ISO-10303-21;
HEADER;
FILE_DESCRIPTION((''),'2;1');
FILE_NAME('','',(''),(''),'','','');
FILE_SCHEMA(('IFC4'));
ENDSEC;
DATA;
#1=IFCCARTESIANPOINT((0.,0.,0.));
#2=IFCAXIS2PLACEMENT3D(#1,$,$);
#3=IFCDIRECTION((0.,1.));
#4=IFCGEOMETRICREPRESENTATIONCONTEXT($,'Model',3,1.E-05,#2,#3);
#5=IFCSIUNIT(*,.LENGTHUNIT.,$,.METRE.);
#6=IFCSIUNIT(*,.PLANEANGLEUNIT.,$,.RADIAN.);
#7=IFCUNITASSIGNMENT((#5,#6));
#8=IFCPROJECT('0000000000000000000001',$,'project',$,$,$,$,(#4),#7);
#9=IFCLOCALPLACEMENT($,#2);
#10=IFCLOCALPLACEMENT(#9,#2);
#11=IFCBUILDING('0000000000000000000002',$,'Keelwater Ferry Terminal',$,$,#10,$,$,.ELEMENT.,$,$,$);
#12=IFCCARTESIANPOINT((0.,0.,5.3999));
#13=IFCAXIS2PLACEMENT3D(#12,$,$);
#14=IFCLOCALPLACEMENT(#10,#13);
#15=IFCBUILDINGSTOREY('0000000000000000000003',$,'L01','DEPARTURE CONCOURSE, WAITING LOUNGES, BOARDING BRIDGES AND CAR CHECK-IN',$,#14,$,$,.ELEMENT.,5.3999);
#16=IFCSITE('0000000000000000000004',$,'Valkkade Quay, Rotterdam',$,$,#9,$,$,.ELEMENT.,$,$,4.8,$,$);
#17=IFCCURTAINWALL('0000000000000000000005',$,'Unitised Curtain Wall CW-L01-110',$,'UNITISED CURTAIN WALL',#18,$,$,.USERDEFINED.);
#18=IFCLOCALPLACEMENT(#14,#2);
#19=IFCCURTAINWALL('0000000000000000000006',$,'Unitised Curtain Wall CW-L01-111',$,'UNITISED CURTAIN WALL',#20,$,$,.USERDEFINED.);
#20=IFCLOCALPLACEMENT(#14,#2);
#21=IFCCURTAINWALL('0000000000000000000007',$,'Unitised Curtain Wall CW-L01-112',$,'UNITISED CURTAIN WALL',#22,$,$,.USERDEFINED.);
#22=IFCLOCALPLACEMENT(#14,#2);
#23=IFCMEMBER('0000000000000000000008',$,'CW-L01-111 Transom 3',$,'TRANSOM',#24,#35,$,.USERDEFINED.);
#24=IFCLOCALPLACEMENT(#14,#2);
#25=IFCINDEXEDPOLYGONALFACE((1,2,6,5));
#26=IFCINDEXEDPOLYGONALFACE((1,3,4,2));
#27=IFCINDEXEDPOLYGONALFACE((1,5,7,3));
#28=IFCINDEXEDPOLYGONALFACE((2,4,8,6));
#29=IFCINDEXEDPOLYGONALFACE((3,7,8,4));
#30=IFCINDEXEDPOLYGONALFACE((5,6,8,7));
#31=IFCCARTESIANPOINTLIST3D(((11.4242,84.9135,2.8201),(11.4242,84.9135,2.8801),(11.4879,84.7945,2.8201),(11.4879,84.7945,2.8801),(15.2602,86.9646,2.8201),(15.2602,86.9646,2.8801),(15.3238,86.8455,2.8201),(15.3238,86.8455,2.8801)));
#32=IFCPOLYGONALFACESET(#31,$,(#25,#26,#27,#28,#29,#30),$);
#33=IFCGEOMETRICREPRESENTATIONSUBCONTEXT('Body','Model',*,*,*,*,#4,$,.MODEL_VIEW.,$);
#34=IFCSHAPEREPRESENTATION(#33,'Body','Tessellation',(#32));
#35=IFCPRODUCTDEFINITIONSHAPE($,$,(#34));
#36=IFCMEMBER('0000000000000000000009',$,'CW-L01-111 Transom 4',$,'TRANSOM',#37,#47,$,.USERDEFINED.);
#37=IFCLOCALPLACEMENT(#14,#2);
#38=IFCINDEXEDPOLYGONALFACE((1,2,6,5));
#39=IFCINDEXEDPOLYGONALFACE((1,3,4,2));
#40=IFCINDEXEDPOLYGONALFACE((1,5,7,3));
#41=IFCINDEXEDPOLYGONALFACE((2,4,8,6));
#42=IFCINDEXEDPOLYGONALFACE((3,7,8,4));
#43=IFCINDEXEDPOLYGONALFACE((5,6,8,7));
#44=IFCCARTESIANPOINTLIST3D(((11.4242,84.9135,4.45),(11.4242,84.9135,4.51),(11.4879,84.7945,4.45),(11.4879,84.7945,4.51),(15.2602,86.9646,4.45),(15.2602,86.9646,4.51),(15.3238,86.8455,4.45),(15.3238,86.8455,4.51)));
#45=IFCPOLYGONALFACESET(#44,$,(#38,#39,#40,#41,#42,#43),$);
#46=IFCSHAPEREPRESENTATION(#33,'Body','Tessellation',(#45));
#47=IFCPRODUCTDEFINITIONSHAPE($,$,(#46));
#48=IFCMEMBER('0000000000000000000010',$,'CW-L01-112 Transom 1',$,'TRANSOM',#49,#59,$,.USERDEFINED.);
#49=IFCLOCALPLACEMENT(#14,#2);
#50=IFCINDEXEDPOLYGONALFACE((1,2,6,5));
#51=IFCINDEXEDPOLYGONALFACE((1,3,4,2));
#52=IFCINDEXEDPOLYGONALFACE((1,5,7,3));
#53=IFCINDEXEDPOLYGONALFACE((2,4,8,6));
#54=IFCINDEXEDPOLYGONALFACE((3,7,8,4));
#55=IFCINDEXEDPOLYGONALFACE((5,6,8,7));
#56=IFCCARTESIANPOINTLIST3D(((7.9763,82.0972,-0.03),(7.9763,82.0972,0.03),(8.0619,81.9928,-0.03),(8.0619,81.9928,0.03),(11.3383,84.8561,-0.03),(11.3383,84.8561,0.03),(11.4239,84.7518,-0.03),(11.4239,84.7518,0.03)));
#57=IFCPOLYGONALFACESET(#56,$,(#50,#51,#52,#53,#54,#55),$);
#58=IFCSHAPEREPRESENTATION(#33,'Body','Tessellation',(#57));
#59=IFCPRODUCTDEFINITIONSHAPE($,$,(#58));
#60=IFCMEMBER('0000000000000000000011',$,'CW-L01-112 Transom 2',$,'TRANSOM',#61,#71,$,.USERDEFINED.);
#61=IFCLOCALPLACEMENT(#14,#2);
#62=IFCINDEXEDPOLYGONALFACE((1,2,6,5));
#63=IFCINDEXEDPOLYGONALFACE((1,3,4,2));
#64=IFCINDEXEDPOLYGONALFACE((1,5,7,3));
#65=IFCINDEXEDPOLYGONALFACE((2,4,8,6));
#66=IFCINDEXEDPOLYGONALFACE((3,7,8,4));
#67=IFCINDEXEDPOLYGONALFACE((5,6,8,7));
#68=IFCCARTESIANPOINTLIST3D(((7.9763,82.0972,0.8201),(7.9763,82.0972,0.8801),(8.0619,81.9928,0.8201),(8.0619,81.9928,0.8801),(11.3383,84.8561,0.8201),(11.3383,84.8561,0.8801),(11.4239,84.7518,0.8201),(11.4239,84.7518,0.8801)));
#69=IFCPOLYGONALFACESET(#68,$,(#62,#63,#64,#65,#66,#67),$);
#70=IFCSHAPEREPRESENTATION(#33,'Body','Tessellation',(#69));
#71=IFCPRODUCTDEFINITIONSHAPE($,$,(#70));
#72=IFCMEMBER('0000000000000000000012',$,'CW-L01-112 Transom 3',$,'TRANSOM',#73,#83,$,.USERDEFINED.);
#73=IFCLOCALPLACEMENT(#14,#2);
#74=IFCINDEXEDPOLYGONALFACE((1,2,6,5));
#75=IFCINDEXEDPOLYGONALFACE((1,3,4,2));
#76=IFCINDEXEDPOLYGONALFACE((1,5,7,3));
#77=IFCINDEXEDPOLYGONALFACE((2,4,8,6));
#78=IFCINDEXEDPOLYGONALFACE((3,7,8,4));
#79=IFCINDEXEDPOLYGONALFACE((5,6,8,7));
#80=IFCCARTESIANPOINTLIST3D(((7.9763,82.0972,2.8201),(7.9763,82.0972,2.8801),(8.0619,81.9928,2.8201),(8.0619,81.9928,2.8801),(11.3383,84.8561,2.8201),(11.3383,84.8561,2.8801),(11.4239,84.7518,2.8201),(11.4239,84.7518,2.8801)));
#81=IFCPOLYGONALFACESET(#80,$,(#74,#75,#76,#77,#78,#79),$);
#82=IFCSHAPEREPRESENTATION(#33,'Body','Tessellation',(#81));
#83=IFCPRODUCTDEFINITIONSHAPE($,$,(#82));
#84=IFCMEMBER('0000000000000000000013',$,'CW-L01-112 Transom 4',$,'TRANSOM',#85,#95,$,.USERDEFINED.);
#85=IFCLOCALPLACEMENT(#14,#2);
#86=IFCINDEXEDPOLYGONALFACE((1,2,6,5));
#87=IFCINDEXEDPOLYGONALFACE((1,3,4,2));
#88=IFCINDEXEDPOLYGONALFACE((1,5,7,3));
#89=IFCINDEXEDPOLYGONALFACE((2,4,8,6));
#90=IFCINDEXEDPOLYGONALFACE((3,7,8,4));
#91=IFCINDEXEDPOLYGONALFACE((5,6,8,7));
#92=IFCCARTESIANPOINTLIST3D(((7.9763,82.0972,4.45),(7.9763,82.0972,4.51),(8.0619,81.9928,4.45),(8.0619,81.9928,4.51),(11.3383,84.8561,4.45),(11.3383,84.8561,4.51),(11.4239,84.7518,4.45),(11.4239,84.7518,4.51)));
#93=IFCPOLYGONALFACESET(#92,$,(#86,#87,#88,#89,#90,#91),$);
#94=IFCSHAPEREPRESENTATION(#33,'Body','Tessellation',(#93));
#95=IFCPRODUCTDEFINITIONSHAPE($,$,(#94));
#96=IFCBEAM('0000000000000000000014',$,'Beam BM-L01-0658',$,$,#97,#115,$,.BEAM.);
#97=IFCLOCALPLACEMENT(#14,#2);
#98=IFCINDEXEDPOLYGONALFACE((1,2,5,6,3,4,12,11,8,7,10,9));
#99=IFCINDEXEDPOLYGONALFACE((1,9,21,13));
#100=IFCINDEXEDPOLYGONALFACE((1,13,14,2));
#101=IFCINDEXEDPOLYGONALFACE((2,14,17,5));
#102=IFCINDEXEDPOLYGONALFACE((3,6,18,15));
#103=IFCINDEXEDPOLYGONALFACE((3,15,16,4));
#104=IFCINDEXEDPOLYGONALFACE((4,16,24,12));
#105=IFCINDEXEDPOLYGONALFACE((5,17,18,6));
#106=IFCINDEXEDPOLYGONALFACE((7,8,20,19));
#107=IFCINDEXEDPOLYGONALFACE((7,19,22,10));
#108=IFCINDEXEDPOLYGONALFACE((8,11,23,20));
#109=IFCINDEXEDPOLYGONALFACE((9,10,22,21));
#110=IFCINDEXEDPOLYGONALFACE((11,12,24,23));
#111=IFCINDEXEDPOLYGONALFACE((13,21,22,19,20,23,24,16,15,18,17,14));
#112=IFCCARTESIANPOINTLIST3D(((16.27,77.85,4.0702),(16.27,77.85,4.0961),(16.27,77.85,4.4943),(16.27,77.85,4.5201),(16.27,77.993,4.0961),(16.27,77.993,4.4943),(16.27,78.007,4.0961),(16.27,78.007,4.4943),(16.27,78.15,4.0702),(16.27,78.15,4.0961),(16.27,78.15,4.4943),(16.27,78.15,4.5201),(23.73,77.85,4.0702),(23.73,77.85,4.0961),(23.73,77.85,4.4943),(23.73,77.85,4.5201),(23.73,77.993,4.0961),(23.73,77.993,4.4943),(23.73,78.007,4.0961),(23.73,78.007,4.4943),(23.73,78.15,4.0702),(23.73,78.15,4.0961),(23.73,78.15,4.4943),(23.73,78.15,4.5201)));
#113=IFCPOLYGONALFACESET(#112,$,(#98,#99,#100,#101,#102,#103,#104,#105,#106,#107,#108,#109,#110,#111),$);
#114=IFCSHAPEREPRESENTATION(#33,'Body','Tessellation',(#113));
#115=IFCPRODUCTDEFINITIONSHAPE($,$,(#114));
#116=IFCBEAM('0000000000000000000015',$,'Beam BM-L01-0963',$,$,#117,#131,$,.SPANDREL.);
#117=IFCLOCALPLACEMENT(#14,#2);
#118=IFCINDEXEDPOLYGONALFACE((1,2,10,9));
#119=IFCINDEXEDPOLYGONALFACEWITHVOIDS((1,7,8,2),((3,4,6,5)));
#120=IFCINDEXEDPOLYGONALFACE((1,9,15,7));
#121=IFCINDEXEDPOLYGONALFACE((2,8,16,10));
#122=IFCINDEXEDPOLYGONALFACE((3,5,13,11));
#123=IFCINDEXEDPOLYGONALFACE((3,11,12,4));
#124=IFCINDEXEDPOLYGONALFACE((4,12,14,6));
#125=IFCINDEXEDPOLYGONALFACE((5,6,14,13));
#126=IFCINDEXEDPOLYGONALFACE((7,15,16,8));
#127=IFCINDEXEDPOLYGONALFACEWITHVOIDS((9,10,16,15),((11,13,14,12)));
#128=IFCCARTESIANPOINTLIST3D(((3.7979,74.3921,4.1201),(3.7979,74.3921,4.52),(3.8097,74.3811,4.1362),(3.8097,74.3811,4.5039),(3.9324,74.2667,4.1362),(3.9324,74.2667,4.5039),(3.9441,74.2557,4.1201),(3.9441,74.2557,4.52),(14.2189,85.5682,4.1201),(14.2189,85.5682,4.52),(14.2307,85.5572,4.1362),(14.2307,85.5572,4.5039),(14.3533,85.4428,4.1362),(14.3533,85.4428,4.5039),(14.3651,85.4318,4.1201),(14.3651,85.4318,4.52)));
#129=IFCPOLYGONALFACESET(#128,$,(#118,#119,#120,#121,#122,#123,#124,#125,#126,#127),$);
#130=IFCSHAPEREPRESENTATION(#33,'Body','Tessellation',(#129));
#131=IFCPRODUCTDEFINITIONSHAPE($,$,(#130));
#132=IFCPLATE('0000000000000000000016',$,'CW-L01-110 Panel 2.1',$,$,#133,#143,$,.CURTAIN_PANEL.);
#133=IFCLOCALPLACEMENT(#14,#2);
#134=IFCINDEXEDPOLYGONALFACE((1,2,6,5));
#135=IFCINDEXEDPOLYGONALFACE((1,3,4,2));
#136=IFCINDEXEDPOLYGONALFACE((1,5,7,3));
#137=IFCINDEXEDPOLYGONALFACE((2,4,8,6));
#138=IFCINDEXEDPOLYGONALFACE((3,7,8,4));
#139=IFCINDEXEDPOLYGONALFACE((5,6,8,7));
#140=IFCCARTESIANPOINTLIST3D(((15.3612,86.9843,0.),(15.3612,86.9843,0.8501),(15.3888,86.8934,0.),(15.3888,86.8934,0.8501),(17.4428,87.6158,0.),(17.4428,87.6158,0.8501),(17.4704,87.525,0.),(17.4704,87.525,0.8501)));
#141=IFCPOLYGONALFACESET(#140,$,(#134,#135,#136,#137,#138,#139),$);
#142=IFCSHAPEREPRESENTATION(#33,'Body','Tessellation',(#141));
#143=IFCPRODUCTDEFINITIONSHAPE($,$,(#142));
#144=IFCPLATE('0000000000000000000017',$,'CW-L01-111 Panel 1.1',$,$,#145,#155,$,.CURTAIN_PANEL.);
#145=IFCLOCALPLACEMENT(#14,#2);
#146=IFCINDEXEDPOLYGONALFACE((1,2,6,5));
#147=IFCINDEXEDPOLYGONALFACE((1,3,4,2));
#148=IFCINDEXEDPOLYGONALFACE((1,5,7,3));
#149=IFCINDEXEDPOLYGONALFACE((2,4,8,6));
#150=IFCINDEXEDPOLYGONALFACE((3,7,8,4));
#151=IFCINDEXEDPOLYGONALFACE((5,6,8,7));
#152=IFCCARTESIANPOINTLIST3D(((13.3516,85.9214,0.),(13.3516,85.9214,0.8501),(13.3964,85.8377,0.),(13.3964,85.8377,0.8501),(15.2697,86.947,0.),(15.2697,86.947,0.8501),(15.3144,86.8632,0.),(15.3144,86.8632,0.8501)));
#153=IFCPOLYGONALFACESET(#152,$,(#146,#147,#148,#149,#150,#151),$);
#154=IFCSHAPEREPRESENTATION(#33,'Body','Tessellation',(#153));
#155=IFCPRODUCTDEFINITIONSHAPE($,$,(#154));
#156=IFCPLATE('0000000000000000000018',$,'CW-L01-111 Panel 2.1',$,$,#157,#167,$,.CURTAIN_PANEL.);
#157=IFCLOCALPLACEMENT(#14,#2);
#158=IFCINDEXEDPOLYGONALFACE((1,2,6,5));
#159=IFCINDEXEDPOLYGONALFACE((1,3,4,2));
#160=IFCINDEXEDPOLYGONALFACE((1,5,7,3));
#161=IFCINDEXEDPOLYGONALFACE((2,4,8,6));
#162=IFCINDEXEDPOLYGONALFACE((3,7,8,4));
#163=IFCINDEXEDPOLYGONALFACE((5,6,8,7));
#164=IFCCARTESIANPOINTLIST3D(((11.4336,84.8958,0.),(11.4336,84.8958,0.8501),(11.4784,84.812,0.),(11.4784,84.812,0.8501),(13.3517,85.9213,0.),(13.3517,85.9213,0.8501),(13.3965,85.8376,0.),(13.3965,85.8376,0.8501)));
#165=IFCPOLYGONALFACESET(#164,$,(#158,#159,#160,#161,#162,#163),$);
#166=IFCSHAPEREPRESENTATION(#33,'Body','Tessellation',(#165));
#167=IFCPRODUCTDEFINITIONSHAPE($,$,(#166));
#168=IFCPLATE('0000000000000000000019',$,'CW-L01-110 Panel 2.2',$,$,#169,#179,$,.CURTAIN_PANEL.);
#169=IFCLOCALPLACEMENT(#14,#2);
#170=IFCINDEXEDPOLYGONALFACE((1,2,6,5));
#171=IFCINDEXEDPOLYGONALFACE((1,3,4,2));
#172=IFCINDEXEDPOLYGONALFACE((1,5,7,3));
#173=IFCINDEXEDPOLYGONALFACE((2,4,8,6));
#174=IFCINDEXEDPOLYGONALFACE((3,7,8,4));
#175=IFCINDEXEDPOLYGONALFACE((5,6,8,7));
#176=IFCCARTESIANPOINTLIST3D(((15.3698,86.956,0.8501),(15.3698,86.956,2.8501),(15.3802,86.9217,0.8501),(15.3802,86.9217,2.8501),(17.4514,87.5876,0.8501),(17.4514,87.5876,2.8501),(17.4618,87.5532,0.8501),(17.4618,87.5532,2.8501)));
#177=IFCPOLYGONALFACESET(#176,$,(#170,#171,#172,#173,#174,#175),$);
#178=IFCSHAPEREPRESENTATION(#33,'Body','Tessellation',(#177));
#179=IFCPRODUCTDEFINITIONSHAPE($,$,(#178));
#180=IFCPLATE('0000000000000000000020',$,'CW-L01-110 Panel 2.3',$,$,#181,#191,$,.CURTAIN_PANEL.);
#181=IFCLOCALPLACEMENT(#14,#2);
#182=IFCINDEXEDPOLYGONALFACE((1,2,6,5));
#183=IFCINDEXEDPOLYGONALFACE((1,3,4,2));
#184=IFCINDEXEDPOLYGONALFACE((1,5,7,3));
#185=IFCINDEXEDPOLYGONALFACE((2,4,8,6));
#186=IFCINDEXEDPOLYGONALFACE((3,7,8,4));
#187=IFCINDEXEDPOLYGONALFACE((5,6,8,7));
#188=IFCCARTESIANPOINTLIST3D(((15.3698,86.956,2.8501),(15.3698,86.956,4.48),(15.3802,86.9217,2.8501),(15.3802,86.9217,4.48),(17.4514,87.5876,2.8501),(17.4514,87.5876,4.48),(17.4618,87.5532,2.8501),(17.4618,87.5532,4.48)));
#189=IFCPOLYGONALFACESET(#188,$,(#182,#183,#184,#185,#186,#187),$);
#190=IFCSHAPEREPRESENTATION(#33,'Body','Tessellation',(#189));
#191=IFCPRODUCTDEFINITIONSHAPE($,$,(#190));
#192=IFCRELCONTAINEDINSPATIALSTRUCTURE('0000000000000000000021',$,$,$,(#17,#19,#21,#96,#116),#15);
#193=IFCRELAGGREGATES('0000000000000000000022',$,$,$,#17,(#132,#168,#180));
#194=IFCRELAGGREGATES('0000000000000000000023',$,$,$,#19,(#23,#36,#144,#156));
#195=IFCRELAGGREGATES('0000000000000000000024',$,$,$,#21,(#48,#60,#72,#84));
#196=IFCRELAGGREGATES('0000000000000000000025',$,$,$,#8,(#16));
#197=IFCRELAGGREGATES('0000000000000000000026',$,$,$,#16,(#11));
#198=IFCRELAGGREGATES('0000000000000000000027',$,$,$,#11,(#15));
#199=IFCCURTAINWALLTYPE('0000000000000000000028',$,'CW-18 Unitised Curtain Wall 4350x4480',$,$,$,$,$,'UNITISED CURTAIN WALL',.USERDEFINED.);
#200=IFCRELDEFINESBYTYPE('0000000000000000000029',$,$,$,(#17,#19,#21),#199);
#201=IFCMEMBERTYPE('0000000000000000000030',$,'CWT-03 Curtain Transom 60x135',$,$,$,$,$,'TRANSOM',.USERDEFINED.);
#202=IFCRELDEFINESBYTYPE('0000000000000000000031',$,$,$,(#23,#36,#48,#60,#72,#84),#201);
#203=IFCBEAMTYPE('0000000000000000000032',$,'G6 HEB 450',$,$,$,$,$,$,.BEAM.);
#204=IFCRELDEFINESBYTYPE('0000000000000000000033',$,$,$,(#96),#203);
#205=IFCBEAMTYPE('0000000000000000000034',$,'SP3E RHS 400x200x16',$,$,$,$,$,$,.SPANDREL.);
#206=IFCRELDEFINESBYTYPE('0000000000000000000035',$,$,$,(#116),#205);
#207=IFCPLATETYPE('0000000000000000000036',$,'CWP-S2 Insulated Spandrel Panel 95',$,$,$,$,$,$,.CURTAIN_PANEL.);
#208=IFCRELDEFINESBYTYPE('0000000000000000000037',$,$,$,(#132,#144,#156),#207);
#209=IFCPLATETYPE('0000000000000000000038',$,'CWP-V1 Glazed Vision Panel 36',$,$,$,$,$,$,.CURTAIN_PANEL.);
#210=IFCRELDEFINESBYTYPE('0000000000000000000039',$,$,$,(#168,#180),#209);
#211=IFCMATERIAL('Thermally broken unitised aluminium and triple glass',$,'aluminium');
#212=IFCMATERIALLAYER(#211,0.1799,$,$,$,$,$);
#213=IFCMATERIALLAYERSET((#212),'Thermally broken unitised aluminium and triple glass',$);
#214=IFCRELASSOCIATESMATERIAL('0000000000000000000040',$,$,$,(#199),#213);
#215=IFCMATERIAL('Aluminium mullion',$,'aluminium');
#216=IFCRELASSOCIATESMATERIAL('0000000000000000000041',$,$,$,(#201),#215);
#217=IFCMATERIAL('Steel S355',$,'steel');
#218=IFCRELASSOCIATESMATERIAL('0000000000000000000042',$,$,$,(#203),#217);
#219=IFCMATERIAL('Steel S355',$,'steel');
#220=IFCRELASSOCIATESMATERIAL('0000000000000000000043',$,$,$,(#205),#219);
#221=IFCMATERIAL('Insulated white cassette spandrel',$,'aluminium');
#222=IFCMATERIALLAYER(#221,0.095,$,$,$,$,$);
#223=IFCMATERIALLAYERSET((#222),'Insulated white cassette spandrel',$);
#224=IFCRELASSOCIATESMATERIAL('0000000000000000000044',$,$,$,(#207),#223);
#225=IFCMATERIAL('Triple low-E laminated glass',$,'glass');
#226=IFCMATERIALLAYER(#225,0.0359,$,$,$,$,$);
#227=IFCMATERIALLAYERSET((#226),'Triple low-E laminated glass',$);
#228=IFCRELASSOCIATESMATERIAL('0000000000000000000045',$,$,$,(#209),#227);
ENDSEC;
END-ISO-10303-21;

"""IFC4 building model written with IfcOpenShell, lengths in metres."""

from ifc_helpers import new_model, si_unit, direction, frame, origin, origin_2d, place, context, subcontext, project, spatial, rectangle, hollow_rectangle, i_section, extrude, material, layer, layer_set, material_profile, profile_set, type_object, element, aggregate, save


model = new_model("IFC4")

# Units and contexts
model_context = context("Model", 3, precision=1e-05, world=origin(), true_north=direction((0.0, 1.0)))
body_context = subcontext(model_context, "Body", "Model", "MODEL_VIEW")
ifc_project = project(units=[si_unit("LENGTHUNIT", "METRE"), si_unit("PLANEANGLEUNIT", "RADIAN")], contexts=[model_context])

# Site, building, storey
site_placement = place(None, origin())
site = spatial("IfcSite", under=ifc_project, at=site_placement, Name="Valkkade Quay, Rotterdam", CompositionType="ELEMENT", RefElevation=4.8)
building_placement = place(site_placement, origin())
building = spatial("IfcBuilding", under=site, at=building_placement, Name="Keelwater Ferry Terminal", CompositionType="ELEMENT")
storey_placement = place(building_placement, frame((0.0, 0.0, 5.3999)))
storey = spatial("IfcBuildingStorey", under=building, at=storey_placement, Name="L01", Description="DEPARTURE CONCOURSE, WAITING LOUNGES, BOARDING BRIDGES AND CAR CHECK-IN", CompositionType="ELEMENT", Elevation=5.3999)

# Curtain walls
ifc_material_1 = material(Name="Thermally broken unitised aluminium and triple glass", Category="aluminium")
ifc_layer_1 = layer(ifc_material_1, 0.1799)
ifc_layer_set_1 = layer_set([ifc_layer_1], Name="Thermally broken unitised aluminium and triple glass")
curtain_wall_type = type_object("IfcCurtainWallType", Name="CW-18 Unitised Curtain Wall 4350x4480", ElementType="UNITISED CURTAIN WALL", PredefinedType="USERDEFINED", material=ifc_layer_set_1)
curtain_wall_1_placement = place(storey_placement, origin())
curtain_wall_1 = element("IfcCurtainWall", 1, at=curtain_wall_1_placement, inside=storey, type_object=curtain_wall_type, Name="Unitised Curtain Wall CW-L01-110", ObjectType="UNITISED CURTAIN WALL", PredefinedType="USERDEFINED")
curtain_wall_2_placement = place(storey_placement, origin())
curtain_wall_2 = element("IfcCurtainWall", 2, at=curtain_wall_2_placement, inside=storey, type_object=curtain_wall_type, Name="Unitised Curtain Wall CW-L01-111", ObjectType="UNITISED CURTAIN WALL", PredefinedType="USERDEFINED")

# Curtain wall
curtain_wall_3_placement = place(storey_placement, origin())
curtain_wall_3 = element("IfcCurtainWall", 3, at=curtain_wall_3_placement, inside=storey, type_object=curtain_wall_type, Name="Unitised Curtain Wall CW-L01-112", ObjectType="UNITISED CURTAIN WALL", PredefinedType="USERDEFINED")

# Members
ifc_material_2 = material(Name="Aluminium mullion", Category="aluminium")
ifc_material_profile_1 = material_profile(ifc_material_2, rectangle(XDim=0.135, YDim=0.0601, at=origin_2d()), Name="CWT-03")
ifc_profile_set_1 = profile_set([ifc_material_profile_1], Name="Aluminium mullion")
member_type_1 = type_object("IfcMemberType", Name="CWT-03 Curtain Transom 60x135", ElementType="TRANSOM", PredefinedType="USERDEFINED", material=ifc_profile_set_1)
member_1_placement = place(storey_placement, frame((15.292, 86.905, 2.8501), z_axis=(-0.881857, -0.471517, 0.0), x_axis=(0.471517, -0.881857, 0.0)))
member_1 = element("IfcMember", 4, at=member_1_placement, type_object=member_type_1, Name="CW-L01-111 Transom 3", ObjectType="TRANSOM", PredefinedType="USERDEFINED", context=body_context, shape_type="SweptSolid", body=[
    extrude(rectangle(XDim=0.135, YDim=0.0601, at=origin_2d()), origin(), (0.0, 0.0, 1.0), 4.3499),
])
member_2_placement = place(storey_placement, frame((15.292, 86.905, 4.48), z_axis=(-0.881857, -0.471517, 0.0), x_axis=(0.471517, -0.881857, 0.0)))
member_2 = element("IfcMember", 5, at=member_2_placement, type_object=member_type_1, Name="CW-L01-111 Transom 4", ObjectType="TRANSOM", PredefinedType="USERDEFINED", context=body_context, shape_type="SweptSolid", body=[
    extrude(rectangle(XDim=0.135, YDim=0.0601, at=origin_2d()), origin(), (0.0, 0.0, 1.0), 4.3499),
])
member_3_placement = place(storey_placement, frame((11.3811, 84.804, 0.0), z_axis=(-0.773026, -0.634374, 0.0), x_axis=(0.634374, -0.773026, 0.0)))
member_3 = element("IfcMember", 6, at=member_3_placement, type_object=member_type_1, Name="CW-L01-112 Transom 1", ObjectType="TRANSOM", PredefinedType="USERDEFINED", context=body_context, shape_type="SweptSolid", body=[
    extrude(rectangle(XDim=0.135, YDim=0.0601, at=origin_2d()), origin(), (0.0, 0.0, 1.0), 4.3491),
])
member_4_placement = place(storey_placement, frame((11.3811, 84.804, 0.8501), z_axis=(-0.773026, -0.634374, 0.0), x_axis=(0.634374, -0.773026, 0.0)))
member_4 = element("IfcMember", 7, at=member_4_placement, type_object=member_type_1, Name="CW-L01-112 Transom 2", ObjectType="TRANSOM", PredefinedType="USERDEFINED", context=body_context, shape_type="SweptSolid", body=[
    extrude(rectangle(XDim=0.135, YDim=0.0601, at=origin_2d()), origin(), (0.0, 0.0, 1.0), 4.3491),
])
member_5_placement = place(storey_placement, frame((11.3811, 84.804, 2.8501), z_axis=(-0.773026, -0.634374, 0.0), x_axis=(0.634374, -0.773026, 0.0)))
member_5 = element("IfcMember", 8, at=member_5_placement, type_object=member_type_1, Name="CW-L01-112 Transom 3", ObjectType="TRANSOM", PredefinedType="USERDEFINED", context=body_context, shape_type="SweptSolid", body=[
    extrude(rectangle(XDim=0.135, YDim=0.0601, at=origin_2d()), origin(), (0.0, 0.0, 1.0), 4.3491),
])
member_6_placement = place(storey_placement, frame((11.3811, 84.804, 4.48), z_axis=(-0.773026, -0.634374, 0.0), x_axis=(0.634374, -0.773026, 0.0)))
member_6 = element("IfcMember", 9, at=member_6_placement, type_object=member_type_1, Name="CW-L01-112 Transom 4", ObjectType="TRANSOM", PredefinedType="USERDEFINED", context=body_context, shape_type="SweptSolid", body=[
    extrude(rectangle(XDim=0.135, YDim=0.0601, at=origin_2d()), origin(), (0.0, 0.0, 1.0), 4.3491),
])

# Beams
ifc_material_3 = material(Name="Steel S355", Category="steel")
ifc_material_profile_2 = material_profile(ifc_material_3, i_section(OverallWidth=0.3, OverallDepth=0.45, WebThickness=0.0139, FlangeThickness=0.0259, at=origin_2d()), Name="HEB 450")
ifc_profile_set_2 = profile_set([ifc_material_profile_2], Name="Steel S355")
beam_type_1 = type_object("IfcBeamType", Name="G6 HEB 450", PredefinedType="BEAM", material=ifc_profile_set_2)
beam_1_placement = place(storey_placement, frame((16.27, 78.0, 4.2952), z_axis=(1.0, 0.0, 0.0), x_axis=(0.0, 1.0, 0.0)))
element("IfcBeam", 10, at=beam_1_placement, inside=storey, type_object=beam_type_1, Name="Beam BM-L01-0658", PredefinedType="BEAM", context=body_context, shape_type="SweptSolid", body=[
    extrude(i_section(OverallWidth=0.3, OverallDepth=0.45, WebThickness=0.0139, FlangeThickness=0.0259, at=origin_2d()), origin(), (0.0, 0.0, 1.0), 7.46),
])
ifc_material_4 = material(Name="Steel S355", Category="steel")
ifc_material_profile_3 = material_profile(ifc_material_4, hollow_rectangle(XDim=0.2, YDim=0.3999, WallThickness=0.0161, at=origin_2d()), Name="RHS 400x200x16")
ifc_profile_set_3 = profile_set([ifc_material_profile_3], Name="Steel S355")
beam_type_2 = type_object("IfcBeamType", Name="SP3E RHS 400x200x16", PredefinedType="SPANDREL", material=ifc_profile_set_3)
beam_2_placement = place(storey_placement, frame((14.292, 85.5, 4.3201), z_axis=(-0.681966, -0.731384, 0.0), x_axis=(0.731384, -0.681966, 0.0)))
element("IfcBeam", 11, at=beam_2_placement, inside=storey, type_object=beam_type_2, Name="Beam BM-L01-0963", PredefinedType="SPANDREL", context=body_context, shape_type="SweptSolid", body=[
    extrude(hollow_rectangle(XDim=0.2, YDim=0.3999, WallThickness=0.0161, at=origin_2d()), origin(), (0.0, 0.0, 1.0), 15.2808),
])

# Plates
ifc_material_5 = material(Name="Insulated white cassette spandrel", Category="aluminium")
ifc_layer_2 = layer(ifc_material_5, 0.095)
ifc_layer_set_2 = layer_set([ifc_layer_2], Name="Insulated white cassette spandrel")
plate_type_1 = type_object("IfcPlateType", Name="CWP-S2 Insulated Spandrel Panel 95", PredefinedType="CURTAIN_PANEL", material=ifc_layer_set_2)
plate_1_placement = place(storey_placement, frame((16.4158, 87.2546, 0.0), z_axis=(0.0, 0.0, 1.0), x_axis=(-0.95693, -0.29032, 0.0)))
plate_1 = element("IfcPlate", 12, at=plate_1_placement, type_object=plate_type_1, Name="CW-L01-110 Panel 2.1", PredefinedType="CURTAIN_PANEL", context=body_context, shape_type="SweptSolid", body=[
    extrude(rectangle(XDim=2.1753, YDim=0.095, at=origin_2d()), origin(), (0.0, 0.0, 1.0), 0.8501),
])
plate_2_placement = place(storey_placement, frame((14.333, 86.3923, 0.0), z_axis=(0.0, 0.0, 1.0), x_axis=(-0.881862, -0.471507, 0.0)))
plate_2 = element("IfcPlate", 13, at=plate_2_placement, type_object=plate_type_1, Name="CW-L01-111 Panel 1.1", PredefinedType="CURTAIN_PANEL", context=body_context, shape_type="SweptSolid", body=[
    extrude(rectangle(XDim=2.175, YDim=0.095, at=origin_2d()), origin(), (0.0, 0.0, 1.0), 0.8501),
])
plate_3_placement = place(storey_placement, frame((12.415, 85.3667, 0.0), z_axis=(0.0, 0.0, 1.0), x_axis=(-0.881862, -0.471507, 0.0)))
plate_3 = element("IfcPlate", 14, at=plate_3_placement, type_object=plate_type_1, Name="CW-L01-111 Panel 2.1", PredefinedType="CURTAIN_PANEL", context=body_context, shape_type="SweptSolid", body=[
    extrude(rectangle(XDim=2.175, YDim=0.095, at=origin_2d()), origin(), (0.0, 0.0, 1.0), 0.8501),
])
ifc_material_6 = material(Name="Triple low-E laminated glass", Category="glass")
ifc_layer_3 = layer(ifc_material_6, 0.0359)
ifc_layer_set_3 = layer_set([ifc_layer_3], Name="Triple low-E laminated glass")
plate_type_2 = type_object("IfcPlateType", Name="CWP-V1 Glazed Vision Panel 36", PredefinedType="CURTAIN_PANEL", material=ifc_layer_set_3)
plate_4_placement = place(storey_placement, frame((16.4158, 87.2546, 0.8501), z_axis=(0.0, 0.0, 1.0), x_axis=(-0.95693, -0.29032, 0.0)))
plate_4 = element("IfcPlate", 15, at=plate_4_placement, type_object=plate_type_2, Name="CW-L01-110 Panel 2.2", PredefinedType="CURTAIN_PANEL", context=body_context, shape_type="SweptSolid", body=[
    extrude(rectangle(XDim=2.1753, YDim=0.0359, at=origin_2d()), origin(), (0.0, 0.0, 1.0), 2.0),
])
plate_5_placement = place(storey_placement, frame((16.4158, 87.2546, 2.8501), z_axis=(0.0, 0.0, 1.0), x_axis=(-0.95693, -0.29032, 0.0)))
plate_5 = element("IfcPlate", 16, at=plate_5_placement, type_object=plate_type_2, Name="CW-L01-110 Panel 2.3", PredefinedType="CURTAIN_PANEL", context=body_context, shape_type="SweptSolid", body=[
    extrude(rectangle(XDim=2.1753, YDim=0.0359, at=origin_2d()), origin(), (0.0, 0.0, 1.0), 1.6299),
])
aggregate(curtain_wall_1, [plate_1, plate_4, plate_5])
aggregate(curtain_wall_2, [member_1, member_2, plate_2, plate_3])
aggregate(curtain_wall_3, [member_3, member_4, member_5, member_6])

save(model, "model.ifc")
